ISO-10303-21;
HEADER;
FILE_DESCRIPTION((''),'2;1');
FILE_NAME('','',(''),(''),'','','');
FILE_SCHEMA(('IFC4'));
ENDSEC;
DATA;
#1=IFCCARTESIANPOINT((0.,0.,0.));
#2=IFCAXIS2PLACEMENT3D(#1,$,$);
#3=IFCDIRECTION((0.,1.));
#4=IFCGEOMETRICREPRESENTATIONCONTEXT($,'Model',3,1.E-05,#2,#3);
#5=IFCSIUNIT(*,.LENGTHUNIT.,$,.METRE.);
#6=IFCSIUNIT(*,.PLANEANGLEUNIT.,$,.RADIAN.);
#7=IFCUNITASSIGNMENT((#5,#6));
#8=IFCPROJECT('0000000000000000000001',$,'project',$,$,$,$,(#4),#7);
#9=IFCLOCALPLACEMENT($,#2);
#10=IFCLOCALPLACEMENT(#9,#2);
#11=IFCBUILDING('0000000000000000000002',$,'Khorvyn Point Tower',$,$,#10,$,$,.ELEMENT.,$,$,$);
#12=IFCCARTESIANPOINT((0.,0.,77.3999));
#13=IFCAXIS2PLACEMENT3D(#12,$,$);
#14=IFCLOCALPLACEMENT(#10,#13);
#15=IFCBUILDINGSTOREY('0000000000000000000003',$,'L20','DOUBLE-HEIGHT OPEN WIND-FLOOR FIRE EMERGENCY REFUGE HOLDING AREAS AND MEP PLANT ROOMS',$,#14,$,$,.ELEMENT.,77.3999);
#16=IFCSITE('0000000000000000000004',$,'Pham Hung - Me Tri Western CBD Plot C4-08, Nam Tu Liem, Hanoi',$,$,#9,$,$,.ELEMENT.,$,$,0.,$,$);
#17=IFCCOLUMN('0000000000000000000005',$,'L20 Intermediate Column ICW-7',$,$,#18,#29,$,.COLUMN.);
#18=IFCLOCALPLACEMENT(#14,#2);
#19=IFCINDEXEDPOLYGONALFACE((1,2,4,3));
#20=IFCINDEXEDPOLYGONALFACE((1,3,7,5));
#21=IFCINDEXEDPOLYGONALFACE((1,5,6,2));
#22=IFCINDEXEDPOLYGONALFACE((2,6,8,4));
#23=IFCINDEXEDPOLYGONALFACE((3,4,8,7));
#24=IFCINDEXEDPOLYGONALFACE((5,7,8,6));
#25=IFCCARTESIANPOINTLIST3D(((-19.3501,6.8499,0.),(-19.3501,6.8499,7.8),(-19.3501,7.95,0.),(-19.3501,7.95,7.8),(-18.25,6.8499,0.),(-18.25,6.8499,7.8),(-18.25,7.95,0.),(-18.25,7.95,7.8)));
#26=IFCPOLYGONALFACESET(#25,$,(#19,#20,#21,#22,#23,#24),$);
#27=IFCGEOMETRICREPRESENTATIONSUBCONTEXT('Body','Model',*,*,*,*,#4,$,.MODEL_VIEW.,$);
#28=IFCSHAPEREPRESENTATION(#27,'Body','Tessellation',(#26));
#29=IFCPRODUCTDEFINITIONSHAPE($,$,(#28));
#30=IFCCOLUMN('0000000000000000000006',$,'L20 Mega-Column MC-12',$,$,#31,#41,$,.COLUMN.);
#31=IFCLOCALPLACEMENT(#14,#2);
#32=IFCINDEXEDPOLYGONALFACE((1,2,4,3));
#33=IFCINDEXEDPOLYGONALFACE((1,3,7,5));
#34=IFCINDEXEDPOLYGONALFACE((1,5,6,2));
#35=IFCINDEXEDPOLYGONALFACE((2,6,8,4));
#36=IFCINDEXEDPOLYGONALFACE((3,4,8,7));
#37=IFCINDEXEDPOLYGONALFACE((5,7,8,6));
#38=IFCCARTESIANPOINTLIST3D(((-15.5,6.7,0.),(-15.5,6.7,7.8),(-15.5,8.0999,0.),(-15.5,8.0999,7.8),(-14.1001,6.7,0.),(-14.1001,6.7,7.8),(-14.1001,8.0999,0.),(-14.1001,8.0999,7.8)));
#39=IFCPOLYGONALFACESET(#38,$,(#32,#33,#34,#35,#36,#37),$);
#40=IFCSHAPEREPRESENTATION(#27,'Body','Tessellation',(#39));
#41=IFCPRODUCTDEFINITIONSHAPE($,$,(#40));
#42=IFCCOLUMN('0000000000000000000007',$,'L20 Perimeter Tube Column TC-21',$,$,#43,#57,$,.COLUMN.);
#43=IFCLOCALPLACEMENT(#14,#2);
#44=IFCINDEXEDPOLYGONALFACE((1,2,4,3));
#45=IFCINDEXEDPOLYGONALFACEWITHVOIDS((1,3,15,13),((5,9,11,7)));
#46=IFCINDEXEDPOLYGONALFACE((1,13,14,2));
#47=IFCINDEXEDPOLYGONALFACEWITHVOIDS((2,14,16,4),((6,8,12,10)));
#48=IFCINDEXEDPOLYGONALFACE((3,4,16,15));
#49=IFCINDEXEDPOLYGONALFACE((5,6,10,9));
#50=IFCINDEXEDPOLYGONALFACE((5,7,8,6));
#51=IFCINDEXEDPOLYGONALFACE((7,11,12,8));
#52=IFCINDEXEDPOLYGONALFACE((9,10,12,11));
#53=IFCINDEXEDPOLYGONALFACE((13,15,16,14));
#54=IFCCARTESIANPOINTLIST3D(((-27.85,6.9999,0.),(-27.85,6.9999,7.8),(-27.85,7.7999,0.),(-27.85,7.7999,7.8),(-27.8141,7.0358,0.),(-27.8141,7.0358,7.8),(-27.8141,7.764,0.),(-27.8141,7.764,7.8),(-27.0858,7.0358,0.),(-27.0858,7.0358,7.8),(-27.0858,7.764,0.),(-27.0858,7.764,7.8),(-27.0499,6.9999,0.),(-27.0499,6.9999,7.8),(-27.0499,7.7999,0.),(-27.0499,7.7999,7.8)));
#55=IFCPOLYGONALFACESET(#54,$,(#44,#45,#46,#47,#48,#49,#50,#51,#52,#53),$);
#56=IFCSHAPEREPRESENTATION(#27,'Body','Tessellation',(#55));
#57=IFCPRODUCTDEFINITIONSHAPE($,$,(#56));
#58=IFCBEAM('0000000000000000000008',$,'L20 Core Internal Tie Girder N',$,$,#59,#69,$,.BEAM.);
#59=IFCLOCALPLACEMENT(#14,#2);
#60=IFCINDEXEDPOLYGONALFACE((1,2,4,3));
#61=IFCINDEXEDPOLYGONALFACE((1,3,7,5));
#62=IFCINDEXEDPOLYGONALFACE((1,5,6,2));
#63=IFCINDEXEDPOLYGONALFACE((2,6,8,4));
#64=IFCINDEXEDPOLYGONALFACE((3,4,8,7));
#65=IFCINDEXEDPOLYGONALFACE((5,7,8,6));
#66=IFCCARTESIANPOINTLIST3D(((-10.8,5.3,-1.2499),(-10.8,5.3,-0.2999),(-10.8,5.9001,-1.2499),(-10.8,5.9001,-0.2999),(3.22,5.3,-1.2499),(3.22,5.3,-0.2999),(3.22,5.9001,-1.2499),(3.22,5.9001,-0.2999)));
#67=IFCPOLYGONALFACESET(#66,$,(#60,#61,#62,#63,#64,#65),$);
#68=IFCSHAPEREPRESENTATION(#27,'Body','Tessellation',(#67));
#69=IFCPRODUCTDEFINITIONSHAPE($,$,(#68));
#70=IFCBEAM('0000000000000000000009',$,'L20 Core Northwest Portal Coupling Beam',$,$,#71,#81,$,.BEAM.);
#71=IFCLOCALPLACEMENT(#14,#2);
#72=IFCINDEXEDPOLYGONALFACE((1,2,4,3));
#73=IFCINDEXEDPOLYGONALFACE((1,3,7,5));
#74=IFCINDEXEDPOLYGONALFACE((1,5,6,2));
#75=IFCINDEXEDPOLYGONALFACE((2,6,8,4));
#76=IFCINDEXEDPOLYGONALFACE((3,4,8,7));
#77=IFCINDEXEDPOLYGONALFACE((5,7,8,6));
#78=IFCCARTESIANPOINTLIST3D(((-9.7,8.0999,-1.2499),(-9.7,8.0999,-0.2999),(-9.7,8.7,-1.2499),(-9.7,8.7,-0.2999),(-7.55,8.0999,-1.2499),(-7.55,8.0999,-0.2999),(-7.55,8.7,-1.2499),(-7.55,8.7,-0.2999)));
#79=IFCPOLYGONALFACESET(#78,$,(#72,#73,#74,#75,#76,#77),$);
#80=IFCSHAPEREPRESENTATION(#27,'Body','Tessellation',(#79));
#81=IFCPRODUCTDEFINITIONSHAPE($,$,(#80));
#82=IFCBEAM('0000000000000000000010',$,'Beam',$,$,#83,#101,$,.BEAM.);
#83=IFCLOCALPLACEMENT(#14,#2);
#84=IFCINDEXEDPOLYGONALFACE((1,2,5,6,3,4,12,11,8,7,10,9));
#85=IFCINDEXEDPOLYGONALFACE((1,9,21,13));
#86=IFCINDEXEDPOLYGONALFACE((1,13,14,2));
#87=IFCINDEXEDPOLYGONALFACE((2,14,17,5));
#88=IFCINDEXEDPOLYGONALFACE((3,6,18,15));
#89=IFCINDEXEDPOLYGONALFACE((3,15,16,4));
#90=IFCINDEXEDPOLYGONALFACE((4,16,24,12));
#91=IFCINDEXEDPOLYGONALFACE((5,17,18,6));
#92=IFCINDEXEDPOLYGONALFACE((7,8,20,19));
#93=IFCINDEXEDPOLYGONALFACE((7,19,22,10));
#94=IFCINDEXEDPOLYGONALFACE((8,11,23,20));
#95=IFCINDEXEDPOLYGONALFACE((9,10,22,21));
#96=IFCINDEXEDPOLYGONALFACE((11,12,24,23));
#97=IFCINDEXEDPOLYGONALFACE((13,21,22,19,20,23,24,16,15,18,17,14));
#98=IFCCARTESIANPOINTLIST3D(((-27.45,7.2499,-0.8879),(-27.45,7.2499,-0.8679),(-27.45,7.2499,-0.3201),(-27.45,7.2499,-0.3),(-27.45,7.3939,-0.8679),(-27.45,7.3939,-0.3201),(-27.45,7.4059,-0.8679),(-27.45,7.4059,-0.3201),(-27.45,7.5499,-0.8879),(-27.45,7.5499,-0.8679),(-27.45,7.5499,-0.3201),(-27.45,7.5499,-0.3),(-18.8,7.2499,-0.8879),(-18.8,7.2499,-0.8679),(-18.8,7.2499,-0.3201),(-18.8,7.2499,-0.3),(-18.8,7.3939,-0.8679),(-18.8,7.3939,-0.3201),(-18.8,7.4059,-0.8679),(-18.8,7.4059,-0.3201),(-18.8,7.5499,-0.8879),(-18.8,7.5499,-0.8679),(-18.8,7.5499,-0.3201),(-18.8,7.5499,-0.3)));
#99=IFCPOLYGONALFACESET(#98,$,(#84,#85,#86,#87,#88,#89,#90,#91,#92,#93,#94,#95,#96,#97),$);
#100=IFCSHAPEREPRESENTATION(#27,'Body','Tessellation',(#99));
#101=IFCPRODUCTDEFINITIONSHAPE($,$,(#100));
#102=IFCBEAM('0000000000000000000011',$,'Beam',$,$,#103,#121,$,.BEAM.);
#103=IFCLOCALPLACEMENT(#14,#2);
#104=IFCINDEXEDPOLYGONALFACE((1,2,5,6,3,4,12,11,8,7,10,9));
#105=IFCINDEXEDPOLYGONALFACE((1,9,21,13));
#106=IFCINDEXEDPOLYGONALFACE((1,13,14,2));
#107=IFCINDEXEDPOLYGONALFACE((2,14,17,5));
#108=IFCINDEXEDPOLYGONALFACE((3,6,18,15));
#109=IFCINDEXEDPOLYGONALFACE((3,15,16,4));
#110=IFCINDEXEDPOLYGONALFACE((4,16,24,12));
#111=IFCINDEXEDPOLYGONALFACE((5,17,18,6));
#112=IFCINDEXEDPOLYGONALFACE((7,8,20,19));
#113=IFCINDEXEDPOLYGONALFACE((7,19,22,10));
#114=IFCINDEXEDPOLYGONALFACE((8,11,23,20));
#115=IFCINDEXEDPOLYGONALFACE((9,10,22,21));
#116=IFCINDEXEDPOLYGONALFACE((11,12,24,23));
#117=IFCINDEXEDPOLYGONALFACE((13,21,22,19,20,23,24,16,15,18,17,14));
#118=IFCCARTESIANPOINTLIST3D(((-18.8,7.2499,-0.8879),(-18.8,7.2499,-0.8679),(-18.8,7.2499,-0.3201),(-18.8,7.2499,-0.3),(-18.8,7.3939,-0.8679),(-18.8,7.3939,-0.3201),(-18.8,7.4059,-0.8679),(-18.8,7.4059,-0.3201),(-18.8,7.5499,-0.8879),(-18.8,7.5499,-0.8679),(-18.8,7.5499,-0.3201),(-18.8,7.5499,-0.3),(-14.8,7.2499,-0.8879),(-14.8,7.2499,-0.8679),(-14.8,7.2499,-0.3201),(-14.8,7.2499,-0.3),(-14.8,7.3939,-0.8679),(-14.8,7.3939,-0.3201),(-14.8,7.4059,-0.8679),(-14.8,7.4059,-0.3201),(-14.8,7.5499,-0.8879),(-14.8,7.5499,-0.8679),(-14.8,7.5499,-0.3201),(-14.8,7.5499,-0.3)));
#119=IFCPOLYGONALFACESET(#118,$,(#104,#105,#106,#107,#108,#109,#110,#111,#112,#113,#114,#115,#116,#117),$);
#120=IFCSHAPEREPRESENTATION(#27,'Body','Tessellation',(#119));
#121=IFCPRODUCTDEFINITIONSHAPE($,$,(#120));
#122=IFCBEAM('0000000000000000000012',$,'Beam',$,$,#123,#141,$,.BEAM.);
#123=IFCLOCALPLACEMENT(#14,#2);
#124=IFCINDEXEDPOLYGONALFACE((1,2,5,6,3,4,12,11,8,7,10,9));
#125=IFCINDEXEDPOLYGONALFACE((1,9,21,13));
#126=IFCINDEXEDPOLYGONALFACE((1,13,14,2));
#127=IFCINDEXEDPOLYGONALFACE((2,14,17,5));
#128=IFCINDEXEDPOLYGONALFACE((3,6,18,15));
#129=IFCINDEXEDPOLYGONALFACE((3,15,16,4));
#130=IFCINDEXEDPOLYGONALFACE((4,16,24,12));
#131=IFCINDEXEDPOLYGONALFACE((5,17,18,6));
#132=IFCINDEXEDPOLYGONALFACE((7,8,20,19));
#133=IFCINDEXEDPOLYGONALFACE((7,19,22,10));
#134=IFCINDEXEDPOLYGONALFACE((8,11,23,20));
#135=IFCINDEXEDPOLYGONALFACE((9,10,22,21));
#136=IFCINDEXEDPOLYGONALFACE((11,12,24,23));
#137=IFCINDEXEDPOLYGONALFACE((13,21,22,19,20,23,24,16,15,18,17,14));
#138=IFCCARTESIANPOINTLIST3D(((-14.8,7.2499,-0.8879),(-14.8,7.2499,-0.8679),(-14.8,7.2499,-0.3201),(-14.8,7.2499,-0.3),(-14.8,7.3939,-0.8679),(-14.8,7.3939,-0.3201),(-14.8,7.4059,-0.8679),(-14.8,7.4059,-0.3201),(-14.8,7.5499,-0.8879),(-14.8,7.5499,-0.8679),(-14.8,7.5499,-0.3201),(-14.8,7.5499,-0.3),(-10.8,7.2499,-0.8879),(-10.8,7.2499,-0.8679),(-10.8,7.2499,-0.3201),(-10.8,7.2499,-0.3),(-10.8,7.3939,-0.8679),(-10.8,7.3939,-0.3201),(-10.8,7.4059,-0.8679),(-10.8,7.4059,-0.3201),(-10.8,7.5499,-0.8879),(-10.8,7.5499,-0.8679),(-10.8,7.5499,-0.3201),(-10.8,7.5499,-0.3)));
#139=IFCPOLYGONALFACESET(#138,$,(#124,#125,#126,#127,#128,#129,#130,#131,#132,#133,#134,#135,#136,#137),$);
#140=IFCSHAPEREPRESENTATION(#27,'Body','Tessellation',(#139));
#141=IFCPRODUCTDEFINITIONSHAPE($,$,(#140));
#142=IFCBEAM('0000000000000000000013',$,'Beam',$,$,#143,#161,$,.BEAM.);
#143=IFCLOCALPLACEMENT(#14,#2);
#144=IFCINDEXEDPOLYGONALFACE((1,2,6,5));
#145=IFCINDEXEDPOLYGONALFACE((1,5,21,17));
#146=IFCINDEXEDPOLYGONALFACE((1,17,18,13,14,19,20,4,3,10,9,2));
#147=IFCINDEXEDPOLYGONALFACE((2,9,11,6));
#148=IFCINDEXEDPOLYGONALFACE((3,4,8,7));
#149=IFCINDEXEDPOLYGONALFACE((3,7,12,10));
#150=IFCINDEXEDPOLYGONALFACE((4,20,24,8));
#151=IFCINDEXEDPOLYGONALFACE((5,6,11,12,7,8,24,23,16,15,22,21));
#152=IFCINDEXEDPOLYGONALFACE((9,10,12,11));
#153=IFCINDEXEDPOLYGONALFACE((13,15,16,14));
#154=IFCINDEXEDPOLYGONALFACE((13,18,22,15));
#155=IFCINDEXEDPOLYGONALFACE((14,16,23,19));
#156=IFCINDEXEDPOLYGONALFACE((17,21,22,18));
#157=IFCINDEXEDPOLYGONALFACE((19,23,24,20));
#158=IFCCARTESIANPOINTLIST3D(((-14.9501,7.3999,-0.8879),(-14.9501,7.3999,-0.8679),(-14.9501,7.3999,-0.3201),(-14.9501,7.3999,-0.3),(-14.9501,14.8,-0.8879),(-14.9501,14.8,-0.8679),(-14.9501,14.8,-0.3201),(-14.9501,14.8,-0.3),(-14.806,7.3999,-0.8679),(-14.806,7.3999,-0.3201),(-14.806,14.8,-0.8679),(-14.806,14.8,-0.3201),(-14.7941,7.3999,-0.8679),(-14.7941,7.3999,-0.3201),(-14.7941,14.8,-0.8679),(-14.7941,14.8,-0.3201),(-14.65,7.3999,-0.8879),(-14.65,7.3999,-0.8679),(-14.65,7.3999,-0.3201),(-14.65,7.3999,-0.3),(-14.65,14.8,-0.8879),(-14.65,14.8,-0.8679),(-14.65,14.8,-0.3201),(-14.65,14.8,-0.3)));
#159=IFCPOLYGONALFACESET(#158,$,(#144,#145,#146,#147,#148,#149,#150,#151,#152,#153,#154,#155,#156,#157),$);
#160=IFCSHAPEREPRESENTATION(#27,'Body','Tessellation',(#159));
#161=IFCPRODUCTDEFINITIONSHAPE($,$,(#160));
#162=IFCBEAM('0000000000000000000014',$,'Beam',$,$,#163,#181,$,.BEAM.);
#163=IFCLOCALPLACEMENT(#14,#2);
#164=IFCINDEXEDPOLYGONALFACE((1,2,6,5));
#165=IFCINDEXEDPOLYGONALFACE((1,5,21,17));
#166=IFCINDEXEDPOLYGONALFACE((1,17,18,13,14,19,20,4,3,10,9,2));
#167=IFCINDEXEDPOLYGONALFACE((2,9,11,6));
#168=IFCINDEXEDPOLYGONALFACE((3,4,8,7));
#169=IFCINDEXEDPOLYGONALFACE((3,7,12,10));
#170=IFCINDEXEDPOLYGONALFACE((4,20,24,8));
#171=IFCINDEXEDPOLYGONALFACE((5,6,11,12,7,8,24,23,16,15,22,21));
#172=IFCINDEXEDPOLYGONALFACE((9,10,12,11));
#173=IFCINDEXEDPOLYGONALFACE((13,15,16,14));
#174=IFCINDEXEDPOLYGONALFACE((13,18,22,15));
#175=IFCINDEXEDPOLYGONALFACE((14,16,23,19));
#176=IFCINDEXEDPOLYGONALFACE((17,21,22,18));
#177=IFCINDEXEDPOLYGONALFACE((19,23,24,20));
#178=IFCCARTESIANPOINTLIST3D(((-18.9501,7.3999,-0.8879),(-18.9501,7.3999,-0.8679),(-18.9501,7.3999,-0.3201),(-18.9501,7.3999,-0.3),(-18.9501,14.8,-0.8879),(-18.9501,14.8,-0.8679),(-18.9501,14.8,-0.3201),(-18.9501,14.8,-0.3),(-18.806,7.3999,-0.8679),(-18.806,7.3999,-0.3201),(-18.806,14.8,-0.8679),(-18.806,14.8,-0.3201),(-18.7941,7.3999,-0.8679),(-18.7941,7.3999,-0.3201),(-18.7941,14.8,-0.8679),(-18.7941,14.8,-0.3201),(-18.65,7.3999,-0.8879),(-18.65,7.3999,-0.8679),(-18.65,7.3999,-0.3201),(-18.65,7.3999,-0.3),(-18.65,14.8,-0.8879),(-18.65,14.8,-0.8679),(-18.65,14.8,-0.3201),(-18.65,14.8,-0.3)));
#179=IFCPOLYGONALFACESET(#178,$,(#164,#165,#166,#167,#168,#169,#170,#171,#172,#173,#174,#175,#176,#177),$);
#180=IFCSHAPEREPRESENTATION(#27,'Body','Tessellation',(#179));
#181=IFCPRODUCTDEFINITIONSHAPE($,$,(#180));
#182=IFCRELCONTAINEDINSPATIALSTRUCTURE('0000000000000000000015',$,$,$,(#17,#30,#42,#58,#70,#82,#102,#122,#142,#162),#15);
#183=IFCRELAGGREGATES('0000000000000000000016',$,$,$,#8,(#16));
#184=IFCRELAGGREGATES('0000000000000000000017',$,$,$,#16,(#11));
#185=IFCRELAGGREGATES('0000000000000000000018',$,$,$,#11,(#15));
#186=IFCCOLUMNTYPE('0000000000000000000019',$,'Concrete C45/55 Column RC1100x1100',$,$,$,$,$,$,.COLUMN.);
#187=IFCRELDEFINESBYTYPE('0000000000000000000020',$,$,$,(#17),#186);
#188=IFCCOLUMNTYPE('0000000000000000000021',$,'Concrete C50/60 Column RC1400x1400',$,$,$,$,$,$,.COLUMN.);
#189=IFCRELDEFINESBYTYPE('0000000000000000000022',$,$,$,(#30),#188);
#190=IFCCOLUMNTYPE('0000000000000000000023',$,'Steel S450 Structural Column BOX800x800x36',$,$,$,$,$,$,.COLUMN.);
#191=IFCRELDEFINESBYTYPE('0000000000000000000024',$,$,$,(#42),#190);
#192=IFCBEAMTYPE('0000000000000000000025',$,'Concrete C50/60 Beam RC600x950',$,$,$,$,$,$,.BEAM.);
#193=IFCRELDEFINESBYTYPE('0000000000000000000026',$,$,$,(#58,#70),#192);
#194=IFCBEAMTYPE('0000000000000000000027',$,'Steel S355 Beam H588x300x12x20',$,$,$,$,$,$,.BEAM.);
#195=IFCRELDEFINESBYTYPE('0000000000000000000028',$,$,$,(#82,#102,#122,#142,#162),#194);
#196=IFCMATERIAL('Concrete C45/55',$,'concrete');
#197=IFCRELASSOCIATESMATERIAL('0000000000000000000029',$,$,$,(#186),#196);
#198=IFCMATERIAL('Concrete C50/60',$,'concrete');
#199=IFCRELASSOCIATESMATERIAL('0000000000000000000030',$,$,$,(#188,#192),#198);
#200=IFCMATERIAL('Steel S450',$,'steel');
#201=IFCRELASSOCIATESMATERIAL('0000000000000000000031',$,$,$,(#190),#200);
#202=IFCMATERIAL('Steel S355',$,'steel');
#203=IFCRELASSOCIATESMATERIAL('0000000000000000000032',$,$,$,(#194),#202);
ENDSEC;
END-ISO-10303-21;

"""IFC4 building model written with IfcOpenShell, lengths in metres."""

from ifc_helpers import new_model, si_unit, direction, frame, origin, origin_2d, place, context, subcontext, project, spatial, rectangle, hollow_rectangle, i_section, extrude, material, material_profile, profile_set, type_object, element, save


model = new_model("IFC4")

# Units and contexts
model_context = context("Model", 3, precision=1e-05, world=origin(), true_north=direction((0.0, 1.0)))
body_context = subcontext(model_context, "Body", "Model", "MODEL_VIEW")
ifc_project = project(units=[si_unit("LENGTHUNIT", "METRE"), si_unit("PLANEANGLEUNIT", "RADIAN")], contexts=[model_context])

# Site, building, storey
site_placement = place(None, origin())
site = spatial("IfcSite", under=ifc_project, at=site_placement, Name="Pham Hung - Me Tri Western CBD Plot C4-08, Nam Tu Liem, Hanoi", CompositionType="ELEMENT", RefElevation=0.0)
building_placement = place(site_placement, origin())
building = spatial("IfcBuilding", under=site, at=building_placement, Name="Khorvyn Point Tower", CompositionType="ELEMENT")
storey_placement = place(building_placement, frame((0.0, 0.0, 77.3999)))
storey = spatial("IfcBuildingStorey", under=building, at=storey_placement, Name="L20", Description="DOUBLE-HEIGHT OPEN WIND-FLOOR FIRE EMERGENCY REFUGE HOLDING AREAS AND MEP PLANT ROOMS", CompositionType="ELEMENT", Elevation=77.3999)

# Columns
ifc_material_1 = material(Name="Concrete C45/55", Category="concrete")
ifc_material_profile_1 = material_profile(ifc_material_1, rectangle(XDim=1.1001, YDim=1.1001, at=origin_2d()))
ifc_profile_set_1 = profile_set([ifc_material_profile_1], Name="Concrete C45/55 RC1100x1100")
column_type_1 = type_object("IfcColumnType", Name="Concrete C45/55 Column RC1100x1100", PredefinedType="COLUMN", material=ifc_profile_set_1)
column_1_placement = place(storey_placement, frame((-18.8, 7.3999, 0.0), z_axis=(0.0, 0.0, 1.0), x_axis=(1.0, 0.0, 0.0)))
element("IfcColumn", 1, at=column_1_placement, inside=storey, type_object=column_type_1, Name="L20 Intermediate Column ICW-7", PredefinedType="COLUMN", context=body_context, shape_type="SweptSolid", body=[
    extrude(rectangle(XDim=1.1001, YDim=1.1001, at=origin_2d()), origin(), (0.0, 0.0, 1.0), 7.8),
])
ifc_material_2 = material(Name="Concrete C50/60", Category="concrete")
ifc_material_profile_2 = material_profile(ifc_material_2, rectangle(XDim=1.3999, YDim=1.3999, at=origin_2d()))
ifc_profile_set_2 = profile_set([ifc_material_profile_2], Name="Concrete C50/60 RC1400x1400")
column_type_2 = type_object("IfcColumnType", Name="Concrete C50/60 Column RC1400x1400", PredefinedType="COLUMN", material=ifc_profile_set_2)
column_2_placement = place(storey_placement, frame((-14.8, 7.3999, 0.0), z_axis=(0.0, 0.0, 1.0), x_axis=(1.0, 0.0, 0.0)))
element("IfcColumn", 2, at=column_2_placement, inside=storey, type_object=column_type_2, Name="L20 Mega-Column MC-12", PredefinedType="COLUMN", context=body_context, shape_type="SweptSolid", body=[
    extrude(rectangle(XDim=1.3999, YDim=1.3999, at=origin_2d()), origin(), (0.0, 0.0, 1.0), 7.8),
])
ifc_material_3 = material(Name="Steel S450", Category="steel")
ifc_material_profile_3 = material_profile(ifc_material_3, hollow_rectangle(XDim=0.8, YDim=0.8, WallThickness=0.0359, at=origin_2d()))
ifc_profile_set_3 = profile_set([ifc_material_profile_3], Name="Steel S450 BOX800x800x36")
column_type_3 = type_object("IfcColumnType", Name="Steel S450 Structural Column BOX800x800x36", PredefinedType="COLUMN", material=ifc_profile_set_3)
column_3_placement = place(storey_placement, frame((-27.45, 7.3999, 0.0), z_axis=(0.0, 0.0, 1.0), x_axis=(1.0, 0.0, 0.0)))
element("IfcColumn", 3, at=column_3_placement, inside=storey, type_object=column_type_3, Name="L20 Perimeter Tube Column TC-21", PredefinedType="COLUMN", context=body_context, shape_type="SweptSolid", body=[
    extrude(hollow_rectangle(XDim=0.8, YDim=0.8, WallThickness=0.0359, at=origin_2d()), origin(), (0.0, 0.0, 1.0), 7.8),
])

# Beams
ifc_material_profile_4 = material_profile(ifc_material_2, rectangle(XDim=0.6001, YDim=0.95, at=origin_2d()))
ifc_profile_set_4 = profile_set([ifc_material_profile_4], Name="Concrete C50/60 RC600x950")
beam_type_1 = type_object("IfcBeamType", Name="Concrete C50/60 Beam RC600x950", PredefinedType="BEAM", material=ifc_profile_set_4)
beam_1_placement = place(storey_placement, frame((-10.8, 5.6001, -0.7749), z_axis=(1.0, 0.0, 0.0), x_axis=(0.0, 1.0, 0.0)))
element("IfcBeam", 4, at=beam_1_placement, inside=storey, type_object=beam_type_1, Name="L20 Core Internal Tie Girder N", PredefinedType="BEAM", context=body_context, shape_type="SweptSolid", body=[
    extrude(rectangle(XDim=0.6001, YDim=0.95, at=origin_2d()), origin(), (0.0, 0.0, 1.0), 14.02),
])
beam_2_placement = place(storey_placement, frame((-9.7, 8.3999, -0.7749), z_axis=(1.0, 0.0, 0.0), x_axis=(0.0, 1.0, 0.0)))
element("IfcBeam", 5, at=beam_2_placement, inside=storey, type_object=beam_type_1, Name="L20 Core Northwest Portal Coupling Beam", PredefinedType="BEAM", context=body_context, shape_type="SweptSolid", body=[
    extrude(rectangle(XDim=0.6001, YDim=0.95, at=origin_2d()), origin(), (0.0, 0.0, 1.0), 2.1499),
])
ifc_material_4 = material(Name="Steel S355", Category="steel")
ifc_material_profile_5 = material_profile(ifc_material_4, i_section(OverallWidth=0.3, OverallDepth=0.5879, WebThickness=0.012, FlangeThickness=0.02, at=origin_2d()))
ifc_profile_set_5 = profile_set([ifc_material_profile_5], Name="Steel S355 H588x300x12x20")
beam_type_2 = type_object("IfcBeamType", Name="Steel S355 Beam H588x300x12x20", PredefinedType="BEAM", material=ifc_profile_set_5)
beam_3_placement = place(storey_placement, frame((-27.45, 7.3999, -0.594), z_axis=(1.0, 0.0, 0.0), x_axis=(0.0, 1.0, 0.0)))
element("IfcBeam", 6, at=beam_3_placement, inside=storey, type_object=beam_type_2, Name="Beam", PredefinedType="BEAM", context=body_context, shape_type="SweptSolid", body=[
    extrude(i_section(OverallWidth=0.3, OverallDepth=0.5879, WebThickness=0.012, FlangeThickness=0.02, at=origin_2d()), origin(), (0.0, 0.0, 1.0), 8.6499),
])
for number, where, z_axis, x_axis, name in (
    (7, (-18.8, 7.3999, -0.594), (1.0, 0.0, 0.0), (0.0, 1.0, 0.0), "Beam"),
    (8, (-14.8, 7.3999, -0.594), (1.0, 0.0, 0.0), (0.0, 1.0, 0.0), "Beam"),
):
    element("IfcBeam", number, at=place(storey_placement, frame(where, z_axis=z_axis, x_axis=x_axis)), inside=storey, type_object=beam_type_2, Name=name, PredefinedType="BEAM", context=body_context, shape_type="SweptSolid", body=[
        extrude(i_section(OverallWidth=0.3, OverallDepth=0.5879, WebThickness=0.012, FlangeThickness=0.02, at=origin_2d()), origin(), (0.0, 0.0, 1.0), 4.0),
    ])
for number, where, z_axis, x_axis, name in (
    (9, (-14.8, 7.3999, -0.594), (0.0, 1.0, 0.0), (-1.0, 0.0, 0.0), "Beam"),
    (10, (-18.8, 7.3999, -0.594), (0.0, 1.0, 0.0), (-1.0, 0.0, 0.0), "Beam"),
):
    element("IfcBeam", number, at=place(storey_placement, frame(where, z_axis=z_axis, x_axis=x_axis)), inside=storey, type_object=beam_type_2, Name=name, PredefinedType="BEAM", context=body_context, shape_type="SweptSolid", body=[
        extrude(i_section(OverallWidth=0.3, OverallDepth=0.5879, WebThickness=0.012, FlangeThickness=0.02, at=origin_2d()), origin(), (0.0, 0.0, 1.0), 7.4001),
    ])

save(model, "model.ifc")
